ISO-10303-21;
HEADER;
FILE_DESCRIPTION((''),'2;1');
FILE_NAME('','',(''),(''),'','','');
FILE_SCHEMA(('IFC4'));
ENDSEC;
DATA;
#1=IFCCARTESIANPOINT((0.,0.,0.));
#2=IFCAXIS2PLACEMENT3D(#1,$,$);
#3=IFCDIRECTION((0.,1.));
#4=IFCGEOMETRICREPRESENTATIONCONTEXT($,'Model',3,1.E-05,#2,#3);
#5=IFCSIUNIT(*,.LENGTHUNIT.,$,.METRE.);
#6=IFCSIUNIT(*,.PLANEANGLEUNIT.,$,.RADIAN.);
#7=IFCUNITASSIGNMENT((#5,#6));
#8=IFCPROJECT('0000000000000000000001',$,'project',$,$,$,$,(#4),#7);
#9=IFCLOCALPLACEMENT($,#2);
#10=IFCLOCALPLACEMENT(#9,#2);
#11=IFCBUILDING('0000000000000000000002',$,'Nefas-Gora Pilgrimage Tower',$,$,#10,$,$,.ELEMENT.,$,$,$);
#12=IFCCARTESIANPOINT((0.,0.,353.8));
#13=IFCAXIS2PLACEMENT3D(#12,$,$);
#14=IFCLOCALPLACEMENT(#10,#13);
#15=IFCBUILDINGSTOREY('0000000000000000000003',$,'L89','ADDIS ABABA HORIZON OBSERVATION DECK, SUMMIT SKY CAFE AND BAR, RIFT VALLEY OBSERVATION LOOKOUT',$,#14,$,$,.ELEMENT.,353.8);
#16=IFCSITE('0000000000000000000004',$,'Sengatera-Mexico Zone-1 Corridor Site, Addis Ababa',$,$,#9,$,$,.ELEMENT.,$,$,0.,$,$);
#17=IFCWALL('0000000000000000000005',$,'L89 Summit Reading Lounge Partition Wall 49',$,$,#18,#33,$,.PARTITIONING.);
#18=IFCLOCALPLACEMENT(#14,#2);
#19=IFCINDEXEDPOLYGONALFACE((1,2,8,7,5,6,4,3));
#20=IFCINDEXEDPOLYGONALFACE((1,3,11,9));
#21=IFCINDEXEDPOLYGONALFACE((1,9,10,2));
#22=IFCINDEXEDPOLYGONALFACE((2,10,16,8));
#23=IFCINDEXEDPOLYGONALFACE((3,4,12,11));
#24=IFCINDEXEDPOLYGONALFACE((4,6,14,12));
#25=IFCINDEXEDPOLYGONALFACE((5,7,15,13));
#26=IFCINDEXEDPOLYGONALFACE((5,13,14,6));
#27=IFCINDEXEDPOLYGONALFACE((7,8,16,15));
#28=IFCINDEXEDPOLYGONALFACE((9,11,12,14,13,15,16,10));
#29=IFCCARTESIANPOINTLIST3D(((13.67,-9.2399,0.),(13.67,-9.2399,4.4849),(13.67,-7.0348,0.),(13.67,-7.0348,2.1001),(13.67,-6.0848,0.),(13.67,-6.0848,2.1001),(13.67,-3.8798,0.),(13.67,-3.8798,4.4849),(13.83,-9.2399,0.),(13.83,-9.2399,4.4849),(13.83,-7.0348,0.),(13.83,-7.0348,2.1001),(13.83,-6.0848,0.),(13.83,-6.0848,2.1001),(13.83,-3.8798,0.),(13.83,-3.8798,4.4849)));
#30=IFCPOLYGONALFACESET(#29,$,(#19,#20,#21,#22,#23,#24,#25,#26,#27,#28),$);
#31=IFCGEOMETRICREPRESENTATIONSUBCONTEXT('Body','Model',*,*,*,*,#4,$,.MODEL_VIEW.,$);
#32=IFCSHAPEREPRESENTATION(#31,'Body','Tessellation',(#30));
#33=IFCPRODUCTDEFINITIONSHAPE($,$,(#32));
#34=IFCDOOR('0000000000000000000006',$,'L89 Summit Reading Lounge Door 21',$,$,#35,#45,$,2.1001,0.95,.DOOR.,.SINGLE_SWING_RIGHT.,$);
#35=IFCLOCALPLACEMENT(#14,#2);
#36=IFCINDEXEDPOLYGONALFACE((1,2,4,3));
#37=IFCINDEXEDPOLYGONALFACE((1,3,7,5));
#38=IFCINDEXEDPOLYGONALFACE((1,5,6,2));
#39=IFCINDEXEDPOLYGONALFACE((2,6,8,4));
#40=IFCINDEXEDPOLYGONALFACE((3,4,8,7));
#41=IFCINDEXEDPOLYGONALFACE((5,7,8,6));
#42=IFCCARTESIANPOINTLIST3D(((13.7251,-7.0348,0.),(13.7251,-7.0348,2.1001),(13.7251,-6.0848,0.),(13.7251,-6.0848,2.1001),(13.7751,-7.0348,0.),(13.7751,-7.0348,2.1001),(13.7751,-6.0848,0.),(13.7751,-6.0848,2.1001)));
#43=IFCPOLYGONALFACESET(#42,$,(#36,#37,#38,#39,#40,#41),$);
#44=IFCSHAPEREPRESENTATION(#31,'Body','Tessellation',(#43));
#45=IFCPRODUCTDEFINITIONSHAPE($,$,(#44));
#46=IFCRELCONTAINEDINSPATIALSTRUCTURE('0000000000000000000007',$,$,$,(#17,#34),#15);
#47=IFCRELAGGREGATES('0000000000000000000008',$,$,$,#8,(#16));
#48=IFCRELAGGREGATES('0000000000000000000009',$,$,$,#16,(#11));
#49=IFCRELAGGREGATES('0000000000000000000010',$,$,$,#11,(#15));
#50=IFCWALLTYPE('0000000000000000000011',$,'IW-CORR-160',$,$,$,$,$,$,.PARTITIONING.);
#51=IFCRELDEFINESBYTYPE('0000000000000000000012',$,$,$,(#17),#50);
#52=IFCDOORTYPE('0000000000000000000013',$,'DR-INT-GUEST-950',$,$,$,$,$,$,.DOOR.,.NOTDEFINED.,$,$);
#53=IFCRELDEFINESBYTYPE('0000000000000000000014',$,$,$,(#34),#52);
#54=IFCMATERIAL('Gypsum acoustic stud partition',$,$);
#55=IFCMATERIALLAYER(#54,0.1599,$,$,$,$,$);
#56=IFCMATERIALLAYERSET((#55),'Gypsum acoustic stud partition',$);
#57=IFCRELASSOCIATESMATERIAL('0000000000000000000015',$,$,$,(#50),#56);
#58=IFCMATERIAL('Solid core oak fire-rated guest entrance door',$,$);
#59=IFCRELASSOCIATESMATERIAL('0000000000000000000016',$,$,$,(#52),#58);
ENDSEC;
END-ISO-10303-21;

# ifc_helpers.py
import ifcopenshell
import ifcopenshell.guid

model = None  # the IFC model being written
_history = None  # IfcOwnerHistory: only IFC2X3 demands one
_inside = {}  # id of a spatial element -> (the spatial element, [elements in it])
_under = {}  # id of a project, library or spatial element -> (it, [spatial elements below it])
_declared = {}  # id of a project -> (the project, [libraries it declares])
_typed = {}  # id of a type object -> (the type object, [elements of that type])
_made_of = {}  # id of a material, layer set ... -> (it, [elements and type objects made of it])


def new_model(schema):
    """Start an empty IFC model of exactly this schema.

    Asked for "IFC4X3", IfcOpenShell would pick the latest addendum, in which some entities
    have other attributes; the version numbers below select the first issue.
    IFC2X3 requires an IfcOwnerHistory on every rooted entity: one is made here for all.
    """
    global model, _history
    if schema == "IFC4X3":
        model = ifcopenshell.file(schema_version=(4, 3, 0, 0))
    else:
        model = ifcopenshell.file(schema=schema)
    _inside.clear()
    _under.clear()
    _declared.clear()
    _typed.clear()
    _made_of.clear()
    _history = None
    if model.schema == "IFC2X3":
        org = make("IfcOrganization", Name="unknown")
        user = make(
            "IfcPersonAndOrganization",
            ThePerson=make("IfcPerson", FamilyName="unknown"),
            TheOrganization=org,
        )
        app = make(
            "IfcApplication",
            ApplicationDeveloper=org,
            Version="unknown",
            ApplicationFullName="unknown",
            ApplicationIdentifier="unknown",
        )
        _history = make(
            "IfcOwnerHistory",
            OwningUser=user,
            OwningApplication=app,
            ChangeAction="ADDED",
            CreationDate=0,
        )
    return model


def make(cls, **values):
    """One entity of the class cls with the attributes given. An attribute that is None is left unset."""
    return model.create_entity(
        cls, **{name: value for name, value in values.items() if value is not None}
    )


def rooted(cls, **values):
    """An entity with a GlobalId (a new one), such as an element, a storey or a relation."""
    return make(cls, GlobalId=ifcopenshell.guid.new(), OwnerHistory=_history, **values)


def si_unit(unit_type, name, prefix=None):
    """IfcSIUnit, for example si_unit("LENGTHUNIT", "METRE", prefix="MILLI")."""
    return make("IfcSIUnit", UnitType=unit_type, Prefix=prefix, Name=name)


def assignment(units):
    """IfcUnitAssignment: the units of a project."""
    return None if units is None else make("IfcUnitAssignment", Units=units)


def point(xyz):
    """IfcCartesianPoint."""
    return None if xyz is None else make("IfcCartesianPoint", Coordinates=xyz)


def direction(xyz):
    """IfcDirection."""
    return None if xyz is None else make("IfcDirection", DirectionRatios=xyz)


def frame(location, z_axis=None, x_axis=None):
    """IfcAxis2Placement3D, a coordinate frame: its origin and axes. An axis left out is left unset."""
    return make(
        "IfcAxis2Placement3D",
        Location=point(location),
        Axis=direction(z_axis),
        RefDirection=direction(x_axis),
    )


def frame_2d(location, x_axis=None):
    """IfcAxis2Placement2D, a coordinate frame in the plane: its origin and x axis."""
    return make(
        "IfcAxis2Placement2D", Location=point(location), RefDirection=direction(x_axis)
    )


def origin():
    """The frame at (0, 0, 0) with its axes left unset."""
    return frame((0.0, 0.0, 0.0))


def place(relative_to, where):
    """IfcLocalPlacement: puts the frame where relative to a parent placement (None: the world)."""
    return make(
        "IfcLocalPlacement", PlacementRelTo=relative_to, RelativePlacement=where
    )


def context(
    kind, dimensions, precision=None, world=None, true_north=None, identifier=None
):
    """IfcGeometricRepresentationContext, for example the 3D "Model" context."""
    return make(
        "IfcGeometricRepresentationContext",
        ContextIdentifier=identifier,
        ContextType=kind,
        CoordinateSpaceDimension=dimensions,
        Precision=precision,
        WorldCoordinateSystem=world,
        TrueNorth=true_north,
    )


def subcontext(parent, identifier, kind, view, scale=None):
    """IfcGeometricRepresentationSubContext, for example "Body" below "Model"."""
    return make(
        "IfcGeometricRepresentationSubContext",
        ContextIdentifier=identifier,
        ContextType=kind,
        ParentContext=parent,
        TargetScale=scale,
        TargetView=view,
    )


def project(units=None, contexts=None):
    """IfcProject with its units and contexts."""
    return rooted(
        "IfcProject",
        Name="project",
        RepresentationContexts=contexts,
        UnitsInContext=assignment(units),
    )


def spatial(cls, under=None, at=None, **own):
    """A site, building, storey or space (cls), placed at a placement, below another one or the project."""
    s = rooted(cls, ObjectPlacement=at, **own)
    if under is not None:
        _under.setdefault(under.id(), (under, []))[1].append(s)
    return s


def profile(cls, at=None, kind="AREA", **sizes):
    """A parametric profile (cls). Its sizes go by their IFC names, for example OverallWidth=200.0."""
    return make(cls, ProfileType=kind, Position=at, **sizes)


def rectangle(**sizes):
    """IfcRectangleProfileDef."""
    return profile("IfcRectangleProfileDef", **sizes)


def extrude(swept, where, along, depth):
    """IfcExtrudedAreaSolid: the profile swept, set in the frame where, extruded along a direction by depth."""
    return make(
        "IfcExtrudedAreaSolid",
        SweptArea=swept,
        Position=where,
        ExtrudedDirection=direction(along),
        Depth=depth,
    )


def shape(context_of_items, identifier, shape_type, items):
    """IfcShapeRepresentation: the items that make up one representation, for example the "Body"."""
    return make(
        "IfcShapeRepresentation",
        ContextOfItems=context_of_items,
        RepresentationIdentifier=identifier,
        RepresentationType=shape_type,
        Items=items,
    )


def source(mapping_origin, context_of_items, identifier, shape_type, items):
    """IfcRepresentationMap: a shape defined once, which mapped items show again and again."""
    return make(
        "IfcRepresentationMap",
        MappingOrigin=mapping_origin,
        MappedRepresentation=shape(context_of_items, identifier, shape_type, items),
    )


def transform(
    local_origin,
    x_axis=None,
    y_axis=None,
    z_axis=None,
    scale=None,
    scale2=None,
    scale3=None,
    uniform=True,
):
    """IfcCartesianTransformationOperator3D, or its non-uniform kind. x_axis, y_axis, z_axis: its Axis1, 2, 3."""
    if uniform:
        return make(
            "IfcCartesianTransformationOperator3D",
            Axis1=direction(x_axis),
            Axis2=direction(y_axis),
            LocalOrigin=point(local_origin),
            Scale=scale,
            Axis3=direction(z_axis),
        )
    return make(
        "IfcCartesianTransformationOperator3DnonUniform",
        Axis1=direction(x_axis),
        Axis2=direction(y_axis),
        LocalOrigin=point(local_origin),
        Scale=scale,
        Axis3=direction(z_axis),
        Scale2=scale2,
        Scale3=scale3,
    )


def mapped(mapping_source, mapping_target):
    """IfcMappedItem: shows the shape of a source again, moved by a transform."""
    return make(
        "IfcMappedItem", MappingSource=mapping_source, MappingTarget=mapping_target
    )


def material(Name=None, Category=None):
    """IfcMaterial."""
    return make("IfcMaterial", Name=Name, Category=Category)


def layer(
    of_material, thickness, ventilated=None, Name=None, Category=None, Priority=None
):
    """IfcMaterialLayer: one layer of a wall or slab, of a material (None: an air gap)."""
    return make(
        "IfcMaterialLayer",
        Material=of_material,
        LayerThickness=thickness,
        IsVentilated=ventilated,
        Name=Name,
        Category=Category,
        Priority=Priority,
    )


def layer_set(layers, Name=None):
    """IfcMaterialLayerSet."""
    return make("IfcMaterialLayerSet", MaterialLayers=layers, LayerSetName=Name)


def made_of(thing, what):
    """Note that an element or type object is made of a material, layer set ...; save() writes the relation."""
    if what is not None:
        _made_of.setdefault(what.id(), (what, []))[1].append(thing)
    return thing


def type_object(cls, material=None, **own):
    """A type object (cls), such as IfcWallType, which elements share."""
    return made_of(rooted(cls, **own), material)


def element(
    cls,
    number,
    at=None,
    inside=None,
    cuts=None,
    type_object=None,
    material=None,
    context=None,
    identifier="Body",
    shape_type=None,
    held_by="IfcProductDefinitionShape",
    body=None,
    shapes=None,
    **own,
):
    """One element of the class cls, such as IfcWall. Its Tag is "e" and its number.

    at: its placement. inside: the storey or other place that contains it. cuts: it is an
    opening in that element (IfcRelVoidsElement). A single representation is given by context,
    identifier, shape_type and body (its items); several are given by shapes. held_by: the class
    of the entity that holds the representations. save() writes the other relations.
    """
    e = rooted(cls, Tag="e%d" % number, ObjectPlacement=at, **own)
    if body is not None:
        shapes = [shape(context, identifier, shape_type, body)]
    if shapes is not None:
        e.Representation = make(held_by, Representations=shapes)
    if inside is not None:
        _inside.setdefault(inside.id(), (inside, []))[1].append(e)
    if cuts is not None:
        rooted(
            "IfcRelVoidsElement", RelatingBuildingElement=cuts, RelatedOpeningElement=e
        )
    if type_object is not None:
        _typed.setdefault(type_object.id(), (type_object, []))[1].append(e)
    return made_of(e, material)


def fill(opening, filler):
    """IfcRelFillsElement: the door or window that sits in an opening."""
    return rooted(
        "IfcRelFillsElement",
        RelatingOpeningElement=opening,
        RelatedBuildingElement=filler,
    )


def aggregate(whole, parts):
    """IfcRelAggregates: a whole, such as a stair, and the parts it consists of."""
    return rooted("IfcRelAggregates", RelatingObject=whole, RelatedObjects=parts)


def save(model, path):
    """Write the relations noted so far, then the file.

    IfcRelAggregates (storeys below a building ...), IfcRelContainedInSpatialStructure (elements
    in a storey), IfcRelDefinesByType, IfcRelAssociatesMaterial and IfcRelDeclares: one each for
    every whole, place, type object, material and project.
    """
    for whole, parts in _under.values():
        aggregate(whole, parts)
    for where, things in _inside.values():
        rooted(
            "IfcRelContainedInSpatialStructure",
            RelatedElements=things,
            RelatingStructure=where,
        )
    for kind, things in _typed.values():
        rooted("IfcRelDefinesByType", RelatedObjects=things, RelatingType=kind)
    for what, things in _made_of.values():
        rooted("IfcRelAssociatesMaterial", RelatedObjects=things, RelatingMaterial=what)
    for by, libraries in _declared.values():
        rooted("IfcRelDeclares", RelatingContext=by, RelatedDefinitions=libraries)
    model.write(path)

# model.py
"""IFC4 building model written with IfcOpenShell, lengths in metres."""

from ifc_helpers import new_model, si_unit, direction, frame, frame_2d, origin, place, context, subcontext, project, spatial, rectangle, extrude, source, transform, mapped, material, layer, layer_set, type_object, element, fill, save


model = new_model("IFC4")

# Units and contexts
model_context = context("Model", 3, precision=1e-05, world=origin(), true_north=direction((0.0, 1.0)))
body_context = subcontext(model_context, "Body", "Model", "MODEL_VIEW")
ifc_project = project(units=[si_unit("LENGTHUNIT", "METRE"), si_unit("PLANEANGLEUNIT", "RADIAN")], contexts=[model_context])

# Site, building, storey
site_placement = place(None, origin())
site = spatial("IfcSite", under=ifc_project, at=site_placement, Name="Sengatera-Mexico Zone-1 Corridor Site, Addis Ababa", CompositionType="ELEMENT", RefElevation=0.0)
building_placement = place(site_placement, origin())
building = spatial("IfcBuilding", under=site, at=building_placement, Name="Nefas-Gora Pilgrimage Tower", CompositionType="ELEMENT")
storey_placement = place(building_placement, frame((0.0, 0.0, 353.8)))
storey = spatial("IfcBuildingStorey", under=building, at=storey_placement, Name="L89", Description="ADDIS ABABA HORIZON OBSERVATION DECK, SUMMIT SKY CAFE AND BAR, RIFT VALLEY OBSERVATION LOOKOUT", CompositionType="ELEMENT", Elevation=353.8)

# Shared definitions
ifc_material_1 = material(Name="Gypsum acoustic stud partition")
ifc_layer_1 = layer(ifc_material_1, 0.1599)
ifc_layer_set_1 = layer_set([ifc_layer_1], Name="Gypsum acoustic stud partition")
wall_type_1 = type_object("IfcWallType", Name="IW-CORR-160", PredefinedType="PARTITIONING", material=ifc_layer_set_1)

# Wall, opening, door
shared_shape_1 = source(origin(), body_context, "Body", "SweptSolid", [
    extrude(rectangle(XDim=5.3601, YDim=0.1599, at=frame_2d((2.6802, 0.0))), origin(), (0.0, 0.0, 1.0), 4.4849),
])
wall_1_placement = place(storey_placement, frame((13.75, -9.24, 0.0), z_axis=(0.0, 0.0, 1.0), x_axis=(0.0, 1.0, 0.0)))
wall_1 = element("IfcWall", 1, at=wall_1_placement, inside=storey, type_object=wall_type_1, Name="L89 Summit Reading Lounge Partition Wall 49", PredefinedType="PARTITIONING", context=body_context, shape_type="MappedRepresentation", body=[
    mapped(shared_shape_1, transform((0.0, 0.0, 0.0), x_axis=(1.0, 0.0, 0.0), y_axis=(0.0, 1.0, 0.0), z_axis=(0.0, 0.0, 1.0), scale=1.0)),
])
opening_1_placement = place(wall_1_placement, frame((2.2051, 0.0, 0.0)))
opening_1 = element("IfcOpeningElement", 2, at=opening_1_placement, cuts=wall_1, PredefinedType="OPENING", context=body_context, shape_type="SweptSolid", body=[
    extrude(rectangle(XDim=0.95, YDim=2.1001, at=frame_2d((0.4751, 1.05))), frame((0.0, 0.0898, 0.0), z_axis=(0.0, -1.0, 0.0), x_axis=(1.0, 0.0, 0.0)), (0.0, 0.0, 1.0), 0.1799),
])
ifc_material_2 = material(Name="Solid core oak fire-rated guest entrance door")
door_type_1 = type_object("IfcDoorType", Name="DR-INT-GUEST-950", OperationType="NOTDEFINED", PredefinedType="DOOR", material=ifc_material_2)
shared_shape_2 = source(origin(), body_context, "Body", "SweptSolid", [
    extrude(rectangle(XDim=0.95, YDim=2.1001, at=frame_2d((0.4751, 1.05))), frame((0.0, 0.0249, 0.0), z_axis=(0.0, -1.0, 0.0), x_axis=(1.0, 0.0, 0.0)), (0.0, 0.0, 1.0), 0.05),
])
door_1_placement = place(opening_1_placement, origin())
door_1 = element("IfcDoor", 3, at=door_1_placement, inside=storey, type_object=door_type_1, Name="L89 Summit Reading Lounge Door 21", OperationType="SINGLE_SWING_RIGHT", OverallHeight=2.1001, OverallWidth=0.95, PredefinedType="DOOR", context=body_context, shape_type="MappedRepresentation", body=[
    mapped(shared_shape_2, transform((0.0, 0.0, 0.0), x_axis=(1.0, 0.0, 0.0), y_axis=(0.0, 1.0, 0.0), z_axis=(0.0, 0.0, 1.0), scale=1.0)),
])
fill(opening_1, door_1)

save(model, "model.ifc")
